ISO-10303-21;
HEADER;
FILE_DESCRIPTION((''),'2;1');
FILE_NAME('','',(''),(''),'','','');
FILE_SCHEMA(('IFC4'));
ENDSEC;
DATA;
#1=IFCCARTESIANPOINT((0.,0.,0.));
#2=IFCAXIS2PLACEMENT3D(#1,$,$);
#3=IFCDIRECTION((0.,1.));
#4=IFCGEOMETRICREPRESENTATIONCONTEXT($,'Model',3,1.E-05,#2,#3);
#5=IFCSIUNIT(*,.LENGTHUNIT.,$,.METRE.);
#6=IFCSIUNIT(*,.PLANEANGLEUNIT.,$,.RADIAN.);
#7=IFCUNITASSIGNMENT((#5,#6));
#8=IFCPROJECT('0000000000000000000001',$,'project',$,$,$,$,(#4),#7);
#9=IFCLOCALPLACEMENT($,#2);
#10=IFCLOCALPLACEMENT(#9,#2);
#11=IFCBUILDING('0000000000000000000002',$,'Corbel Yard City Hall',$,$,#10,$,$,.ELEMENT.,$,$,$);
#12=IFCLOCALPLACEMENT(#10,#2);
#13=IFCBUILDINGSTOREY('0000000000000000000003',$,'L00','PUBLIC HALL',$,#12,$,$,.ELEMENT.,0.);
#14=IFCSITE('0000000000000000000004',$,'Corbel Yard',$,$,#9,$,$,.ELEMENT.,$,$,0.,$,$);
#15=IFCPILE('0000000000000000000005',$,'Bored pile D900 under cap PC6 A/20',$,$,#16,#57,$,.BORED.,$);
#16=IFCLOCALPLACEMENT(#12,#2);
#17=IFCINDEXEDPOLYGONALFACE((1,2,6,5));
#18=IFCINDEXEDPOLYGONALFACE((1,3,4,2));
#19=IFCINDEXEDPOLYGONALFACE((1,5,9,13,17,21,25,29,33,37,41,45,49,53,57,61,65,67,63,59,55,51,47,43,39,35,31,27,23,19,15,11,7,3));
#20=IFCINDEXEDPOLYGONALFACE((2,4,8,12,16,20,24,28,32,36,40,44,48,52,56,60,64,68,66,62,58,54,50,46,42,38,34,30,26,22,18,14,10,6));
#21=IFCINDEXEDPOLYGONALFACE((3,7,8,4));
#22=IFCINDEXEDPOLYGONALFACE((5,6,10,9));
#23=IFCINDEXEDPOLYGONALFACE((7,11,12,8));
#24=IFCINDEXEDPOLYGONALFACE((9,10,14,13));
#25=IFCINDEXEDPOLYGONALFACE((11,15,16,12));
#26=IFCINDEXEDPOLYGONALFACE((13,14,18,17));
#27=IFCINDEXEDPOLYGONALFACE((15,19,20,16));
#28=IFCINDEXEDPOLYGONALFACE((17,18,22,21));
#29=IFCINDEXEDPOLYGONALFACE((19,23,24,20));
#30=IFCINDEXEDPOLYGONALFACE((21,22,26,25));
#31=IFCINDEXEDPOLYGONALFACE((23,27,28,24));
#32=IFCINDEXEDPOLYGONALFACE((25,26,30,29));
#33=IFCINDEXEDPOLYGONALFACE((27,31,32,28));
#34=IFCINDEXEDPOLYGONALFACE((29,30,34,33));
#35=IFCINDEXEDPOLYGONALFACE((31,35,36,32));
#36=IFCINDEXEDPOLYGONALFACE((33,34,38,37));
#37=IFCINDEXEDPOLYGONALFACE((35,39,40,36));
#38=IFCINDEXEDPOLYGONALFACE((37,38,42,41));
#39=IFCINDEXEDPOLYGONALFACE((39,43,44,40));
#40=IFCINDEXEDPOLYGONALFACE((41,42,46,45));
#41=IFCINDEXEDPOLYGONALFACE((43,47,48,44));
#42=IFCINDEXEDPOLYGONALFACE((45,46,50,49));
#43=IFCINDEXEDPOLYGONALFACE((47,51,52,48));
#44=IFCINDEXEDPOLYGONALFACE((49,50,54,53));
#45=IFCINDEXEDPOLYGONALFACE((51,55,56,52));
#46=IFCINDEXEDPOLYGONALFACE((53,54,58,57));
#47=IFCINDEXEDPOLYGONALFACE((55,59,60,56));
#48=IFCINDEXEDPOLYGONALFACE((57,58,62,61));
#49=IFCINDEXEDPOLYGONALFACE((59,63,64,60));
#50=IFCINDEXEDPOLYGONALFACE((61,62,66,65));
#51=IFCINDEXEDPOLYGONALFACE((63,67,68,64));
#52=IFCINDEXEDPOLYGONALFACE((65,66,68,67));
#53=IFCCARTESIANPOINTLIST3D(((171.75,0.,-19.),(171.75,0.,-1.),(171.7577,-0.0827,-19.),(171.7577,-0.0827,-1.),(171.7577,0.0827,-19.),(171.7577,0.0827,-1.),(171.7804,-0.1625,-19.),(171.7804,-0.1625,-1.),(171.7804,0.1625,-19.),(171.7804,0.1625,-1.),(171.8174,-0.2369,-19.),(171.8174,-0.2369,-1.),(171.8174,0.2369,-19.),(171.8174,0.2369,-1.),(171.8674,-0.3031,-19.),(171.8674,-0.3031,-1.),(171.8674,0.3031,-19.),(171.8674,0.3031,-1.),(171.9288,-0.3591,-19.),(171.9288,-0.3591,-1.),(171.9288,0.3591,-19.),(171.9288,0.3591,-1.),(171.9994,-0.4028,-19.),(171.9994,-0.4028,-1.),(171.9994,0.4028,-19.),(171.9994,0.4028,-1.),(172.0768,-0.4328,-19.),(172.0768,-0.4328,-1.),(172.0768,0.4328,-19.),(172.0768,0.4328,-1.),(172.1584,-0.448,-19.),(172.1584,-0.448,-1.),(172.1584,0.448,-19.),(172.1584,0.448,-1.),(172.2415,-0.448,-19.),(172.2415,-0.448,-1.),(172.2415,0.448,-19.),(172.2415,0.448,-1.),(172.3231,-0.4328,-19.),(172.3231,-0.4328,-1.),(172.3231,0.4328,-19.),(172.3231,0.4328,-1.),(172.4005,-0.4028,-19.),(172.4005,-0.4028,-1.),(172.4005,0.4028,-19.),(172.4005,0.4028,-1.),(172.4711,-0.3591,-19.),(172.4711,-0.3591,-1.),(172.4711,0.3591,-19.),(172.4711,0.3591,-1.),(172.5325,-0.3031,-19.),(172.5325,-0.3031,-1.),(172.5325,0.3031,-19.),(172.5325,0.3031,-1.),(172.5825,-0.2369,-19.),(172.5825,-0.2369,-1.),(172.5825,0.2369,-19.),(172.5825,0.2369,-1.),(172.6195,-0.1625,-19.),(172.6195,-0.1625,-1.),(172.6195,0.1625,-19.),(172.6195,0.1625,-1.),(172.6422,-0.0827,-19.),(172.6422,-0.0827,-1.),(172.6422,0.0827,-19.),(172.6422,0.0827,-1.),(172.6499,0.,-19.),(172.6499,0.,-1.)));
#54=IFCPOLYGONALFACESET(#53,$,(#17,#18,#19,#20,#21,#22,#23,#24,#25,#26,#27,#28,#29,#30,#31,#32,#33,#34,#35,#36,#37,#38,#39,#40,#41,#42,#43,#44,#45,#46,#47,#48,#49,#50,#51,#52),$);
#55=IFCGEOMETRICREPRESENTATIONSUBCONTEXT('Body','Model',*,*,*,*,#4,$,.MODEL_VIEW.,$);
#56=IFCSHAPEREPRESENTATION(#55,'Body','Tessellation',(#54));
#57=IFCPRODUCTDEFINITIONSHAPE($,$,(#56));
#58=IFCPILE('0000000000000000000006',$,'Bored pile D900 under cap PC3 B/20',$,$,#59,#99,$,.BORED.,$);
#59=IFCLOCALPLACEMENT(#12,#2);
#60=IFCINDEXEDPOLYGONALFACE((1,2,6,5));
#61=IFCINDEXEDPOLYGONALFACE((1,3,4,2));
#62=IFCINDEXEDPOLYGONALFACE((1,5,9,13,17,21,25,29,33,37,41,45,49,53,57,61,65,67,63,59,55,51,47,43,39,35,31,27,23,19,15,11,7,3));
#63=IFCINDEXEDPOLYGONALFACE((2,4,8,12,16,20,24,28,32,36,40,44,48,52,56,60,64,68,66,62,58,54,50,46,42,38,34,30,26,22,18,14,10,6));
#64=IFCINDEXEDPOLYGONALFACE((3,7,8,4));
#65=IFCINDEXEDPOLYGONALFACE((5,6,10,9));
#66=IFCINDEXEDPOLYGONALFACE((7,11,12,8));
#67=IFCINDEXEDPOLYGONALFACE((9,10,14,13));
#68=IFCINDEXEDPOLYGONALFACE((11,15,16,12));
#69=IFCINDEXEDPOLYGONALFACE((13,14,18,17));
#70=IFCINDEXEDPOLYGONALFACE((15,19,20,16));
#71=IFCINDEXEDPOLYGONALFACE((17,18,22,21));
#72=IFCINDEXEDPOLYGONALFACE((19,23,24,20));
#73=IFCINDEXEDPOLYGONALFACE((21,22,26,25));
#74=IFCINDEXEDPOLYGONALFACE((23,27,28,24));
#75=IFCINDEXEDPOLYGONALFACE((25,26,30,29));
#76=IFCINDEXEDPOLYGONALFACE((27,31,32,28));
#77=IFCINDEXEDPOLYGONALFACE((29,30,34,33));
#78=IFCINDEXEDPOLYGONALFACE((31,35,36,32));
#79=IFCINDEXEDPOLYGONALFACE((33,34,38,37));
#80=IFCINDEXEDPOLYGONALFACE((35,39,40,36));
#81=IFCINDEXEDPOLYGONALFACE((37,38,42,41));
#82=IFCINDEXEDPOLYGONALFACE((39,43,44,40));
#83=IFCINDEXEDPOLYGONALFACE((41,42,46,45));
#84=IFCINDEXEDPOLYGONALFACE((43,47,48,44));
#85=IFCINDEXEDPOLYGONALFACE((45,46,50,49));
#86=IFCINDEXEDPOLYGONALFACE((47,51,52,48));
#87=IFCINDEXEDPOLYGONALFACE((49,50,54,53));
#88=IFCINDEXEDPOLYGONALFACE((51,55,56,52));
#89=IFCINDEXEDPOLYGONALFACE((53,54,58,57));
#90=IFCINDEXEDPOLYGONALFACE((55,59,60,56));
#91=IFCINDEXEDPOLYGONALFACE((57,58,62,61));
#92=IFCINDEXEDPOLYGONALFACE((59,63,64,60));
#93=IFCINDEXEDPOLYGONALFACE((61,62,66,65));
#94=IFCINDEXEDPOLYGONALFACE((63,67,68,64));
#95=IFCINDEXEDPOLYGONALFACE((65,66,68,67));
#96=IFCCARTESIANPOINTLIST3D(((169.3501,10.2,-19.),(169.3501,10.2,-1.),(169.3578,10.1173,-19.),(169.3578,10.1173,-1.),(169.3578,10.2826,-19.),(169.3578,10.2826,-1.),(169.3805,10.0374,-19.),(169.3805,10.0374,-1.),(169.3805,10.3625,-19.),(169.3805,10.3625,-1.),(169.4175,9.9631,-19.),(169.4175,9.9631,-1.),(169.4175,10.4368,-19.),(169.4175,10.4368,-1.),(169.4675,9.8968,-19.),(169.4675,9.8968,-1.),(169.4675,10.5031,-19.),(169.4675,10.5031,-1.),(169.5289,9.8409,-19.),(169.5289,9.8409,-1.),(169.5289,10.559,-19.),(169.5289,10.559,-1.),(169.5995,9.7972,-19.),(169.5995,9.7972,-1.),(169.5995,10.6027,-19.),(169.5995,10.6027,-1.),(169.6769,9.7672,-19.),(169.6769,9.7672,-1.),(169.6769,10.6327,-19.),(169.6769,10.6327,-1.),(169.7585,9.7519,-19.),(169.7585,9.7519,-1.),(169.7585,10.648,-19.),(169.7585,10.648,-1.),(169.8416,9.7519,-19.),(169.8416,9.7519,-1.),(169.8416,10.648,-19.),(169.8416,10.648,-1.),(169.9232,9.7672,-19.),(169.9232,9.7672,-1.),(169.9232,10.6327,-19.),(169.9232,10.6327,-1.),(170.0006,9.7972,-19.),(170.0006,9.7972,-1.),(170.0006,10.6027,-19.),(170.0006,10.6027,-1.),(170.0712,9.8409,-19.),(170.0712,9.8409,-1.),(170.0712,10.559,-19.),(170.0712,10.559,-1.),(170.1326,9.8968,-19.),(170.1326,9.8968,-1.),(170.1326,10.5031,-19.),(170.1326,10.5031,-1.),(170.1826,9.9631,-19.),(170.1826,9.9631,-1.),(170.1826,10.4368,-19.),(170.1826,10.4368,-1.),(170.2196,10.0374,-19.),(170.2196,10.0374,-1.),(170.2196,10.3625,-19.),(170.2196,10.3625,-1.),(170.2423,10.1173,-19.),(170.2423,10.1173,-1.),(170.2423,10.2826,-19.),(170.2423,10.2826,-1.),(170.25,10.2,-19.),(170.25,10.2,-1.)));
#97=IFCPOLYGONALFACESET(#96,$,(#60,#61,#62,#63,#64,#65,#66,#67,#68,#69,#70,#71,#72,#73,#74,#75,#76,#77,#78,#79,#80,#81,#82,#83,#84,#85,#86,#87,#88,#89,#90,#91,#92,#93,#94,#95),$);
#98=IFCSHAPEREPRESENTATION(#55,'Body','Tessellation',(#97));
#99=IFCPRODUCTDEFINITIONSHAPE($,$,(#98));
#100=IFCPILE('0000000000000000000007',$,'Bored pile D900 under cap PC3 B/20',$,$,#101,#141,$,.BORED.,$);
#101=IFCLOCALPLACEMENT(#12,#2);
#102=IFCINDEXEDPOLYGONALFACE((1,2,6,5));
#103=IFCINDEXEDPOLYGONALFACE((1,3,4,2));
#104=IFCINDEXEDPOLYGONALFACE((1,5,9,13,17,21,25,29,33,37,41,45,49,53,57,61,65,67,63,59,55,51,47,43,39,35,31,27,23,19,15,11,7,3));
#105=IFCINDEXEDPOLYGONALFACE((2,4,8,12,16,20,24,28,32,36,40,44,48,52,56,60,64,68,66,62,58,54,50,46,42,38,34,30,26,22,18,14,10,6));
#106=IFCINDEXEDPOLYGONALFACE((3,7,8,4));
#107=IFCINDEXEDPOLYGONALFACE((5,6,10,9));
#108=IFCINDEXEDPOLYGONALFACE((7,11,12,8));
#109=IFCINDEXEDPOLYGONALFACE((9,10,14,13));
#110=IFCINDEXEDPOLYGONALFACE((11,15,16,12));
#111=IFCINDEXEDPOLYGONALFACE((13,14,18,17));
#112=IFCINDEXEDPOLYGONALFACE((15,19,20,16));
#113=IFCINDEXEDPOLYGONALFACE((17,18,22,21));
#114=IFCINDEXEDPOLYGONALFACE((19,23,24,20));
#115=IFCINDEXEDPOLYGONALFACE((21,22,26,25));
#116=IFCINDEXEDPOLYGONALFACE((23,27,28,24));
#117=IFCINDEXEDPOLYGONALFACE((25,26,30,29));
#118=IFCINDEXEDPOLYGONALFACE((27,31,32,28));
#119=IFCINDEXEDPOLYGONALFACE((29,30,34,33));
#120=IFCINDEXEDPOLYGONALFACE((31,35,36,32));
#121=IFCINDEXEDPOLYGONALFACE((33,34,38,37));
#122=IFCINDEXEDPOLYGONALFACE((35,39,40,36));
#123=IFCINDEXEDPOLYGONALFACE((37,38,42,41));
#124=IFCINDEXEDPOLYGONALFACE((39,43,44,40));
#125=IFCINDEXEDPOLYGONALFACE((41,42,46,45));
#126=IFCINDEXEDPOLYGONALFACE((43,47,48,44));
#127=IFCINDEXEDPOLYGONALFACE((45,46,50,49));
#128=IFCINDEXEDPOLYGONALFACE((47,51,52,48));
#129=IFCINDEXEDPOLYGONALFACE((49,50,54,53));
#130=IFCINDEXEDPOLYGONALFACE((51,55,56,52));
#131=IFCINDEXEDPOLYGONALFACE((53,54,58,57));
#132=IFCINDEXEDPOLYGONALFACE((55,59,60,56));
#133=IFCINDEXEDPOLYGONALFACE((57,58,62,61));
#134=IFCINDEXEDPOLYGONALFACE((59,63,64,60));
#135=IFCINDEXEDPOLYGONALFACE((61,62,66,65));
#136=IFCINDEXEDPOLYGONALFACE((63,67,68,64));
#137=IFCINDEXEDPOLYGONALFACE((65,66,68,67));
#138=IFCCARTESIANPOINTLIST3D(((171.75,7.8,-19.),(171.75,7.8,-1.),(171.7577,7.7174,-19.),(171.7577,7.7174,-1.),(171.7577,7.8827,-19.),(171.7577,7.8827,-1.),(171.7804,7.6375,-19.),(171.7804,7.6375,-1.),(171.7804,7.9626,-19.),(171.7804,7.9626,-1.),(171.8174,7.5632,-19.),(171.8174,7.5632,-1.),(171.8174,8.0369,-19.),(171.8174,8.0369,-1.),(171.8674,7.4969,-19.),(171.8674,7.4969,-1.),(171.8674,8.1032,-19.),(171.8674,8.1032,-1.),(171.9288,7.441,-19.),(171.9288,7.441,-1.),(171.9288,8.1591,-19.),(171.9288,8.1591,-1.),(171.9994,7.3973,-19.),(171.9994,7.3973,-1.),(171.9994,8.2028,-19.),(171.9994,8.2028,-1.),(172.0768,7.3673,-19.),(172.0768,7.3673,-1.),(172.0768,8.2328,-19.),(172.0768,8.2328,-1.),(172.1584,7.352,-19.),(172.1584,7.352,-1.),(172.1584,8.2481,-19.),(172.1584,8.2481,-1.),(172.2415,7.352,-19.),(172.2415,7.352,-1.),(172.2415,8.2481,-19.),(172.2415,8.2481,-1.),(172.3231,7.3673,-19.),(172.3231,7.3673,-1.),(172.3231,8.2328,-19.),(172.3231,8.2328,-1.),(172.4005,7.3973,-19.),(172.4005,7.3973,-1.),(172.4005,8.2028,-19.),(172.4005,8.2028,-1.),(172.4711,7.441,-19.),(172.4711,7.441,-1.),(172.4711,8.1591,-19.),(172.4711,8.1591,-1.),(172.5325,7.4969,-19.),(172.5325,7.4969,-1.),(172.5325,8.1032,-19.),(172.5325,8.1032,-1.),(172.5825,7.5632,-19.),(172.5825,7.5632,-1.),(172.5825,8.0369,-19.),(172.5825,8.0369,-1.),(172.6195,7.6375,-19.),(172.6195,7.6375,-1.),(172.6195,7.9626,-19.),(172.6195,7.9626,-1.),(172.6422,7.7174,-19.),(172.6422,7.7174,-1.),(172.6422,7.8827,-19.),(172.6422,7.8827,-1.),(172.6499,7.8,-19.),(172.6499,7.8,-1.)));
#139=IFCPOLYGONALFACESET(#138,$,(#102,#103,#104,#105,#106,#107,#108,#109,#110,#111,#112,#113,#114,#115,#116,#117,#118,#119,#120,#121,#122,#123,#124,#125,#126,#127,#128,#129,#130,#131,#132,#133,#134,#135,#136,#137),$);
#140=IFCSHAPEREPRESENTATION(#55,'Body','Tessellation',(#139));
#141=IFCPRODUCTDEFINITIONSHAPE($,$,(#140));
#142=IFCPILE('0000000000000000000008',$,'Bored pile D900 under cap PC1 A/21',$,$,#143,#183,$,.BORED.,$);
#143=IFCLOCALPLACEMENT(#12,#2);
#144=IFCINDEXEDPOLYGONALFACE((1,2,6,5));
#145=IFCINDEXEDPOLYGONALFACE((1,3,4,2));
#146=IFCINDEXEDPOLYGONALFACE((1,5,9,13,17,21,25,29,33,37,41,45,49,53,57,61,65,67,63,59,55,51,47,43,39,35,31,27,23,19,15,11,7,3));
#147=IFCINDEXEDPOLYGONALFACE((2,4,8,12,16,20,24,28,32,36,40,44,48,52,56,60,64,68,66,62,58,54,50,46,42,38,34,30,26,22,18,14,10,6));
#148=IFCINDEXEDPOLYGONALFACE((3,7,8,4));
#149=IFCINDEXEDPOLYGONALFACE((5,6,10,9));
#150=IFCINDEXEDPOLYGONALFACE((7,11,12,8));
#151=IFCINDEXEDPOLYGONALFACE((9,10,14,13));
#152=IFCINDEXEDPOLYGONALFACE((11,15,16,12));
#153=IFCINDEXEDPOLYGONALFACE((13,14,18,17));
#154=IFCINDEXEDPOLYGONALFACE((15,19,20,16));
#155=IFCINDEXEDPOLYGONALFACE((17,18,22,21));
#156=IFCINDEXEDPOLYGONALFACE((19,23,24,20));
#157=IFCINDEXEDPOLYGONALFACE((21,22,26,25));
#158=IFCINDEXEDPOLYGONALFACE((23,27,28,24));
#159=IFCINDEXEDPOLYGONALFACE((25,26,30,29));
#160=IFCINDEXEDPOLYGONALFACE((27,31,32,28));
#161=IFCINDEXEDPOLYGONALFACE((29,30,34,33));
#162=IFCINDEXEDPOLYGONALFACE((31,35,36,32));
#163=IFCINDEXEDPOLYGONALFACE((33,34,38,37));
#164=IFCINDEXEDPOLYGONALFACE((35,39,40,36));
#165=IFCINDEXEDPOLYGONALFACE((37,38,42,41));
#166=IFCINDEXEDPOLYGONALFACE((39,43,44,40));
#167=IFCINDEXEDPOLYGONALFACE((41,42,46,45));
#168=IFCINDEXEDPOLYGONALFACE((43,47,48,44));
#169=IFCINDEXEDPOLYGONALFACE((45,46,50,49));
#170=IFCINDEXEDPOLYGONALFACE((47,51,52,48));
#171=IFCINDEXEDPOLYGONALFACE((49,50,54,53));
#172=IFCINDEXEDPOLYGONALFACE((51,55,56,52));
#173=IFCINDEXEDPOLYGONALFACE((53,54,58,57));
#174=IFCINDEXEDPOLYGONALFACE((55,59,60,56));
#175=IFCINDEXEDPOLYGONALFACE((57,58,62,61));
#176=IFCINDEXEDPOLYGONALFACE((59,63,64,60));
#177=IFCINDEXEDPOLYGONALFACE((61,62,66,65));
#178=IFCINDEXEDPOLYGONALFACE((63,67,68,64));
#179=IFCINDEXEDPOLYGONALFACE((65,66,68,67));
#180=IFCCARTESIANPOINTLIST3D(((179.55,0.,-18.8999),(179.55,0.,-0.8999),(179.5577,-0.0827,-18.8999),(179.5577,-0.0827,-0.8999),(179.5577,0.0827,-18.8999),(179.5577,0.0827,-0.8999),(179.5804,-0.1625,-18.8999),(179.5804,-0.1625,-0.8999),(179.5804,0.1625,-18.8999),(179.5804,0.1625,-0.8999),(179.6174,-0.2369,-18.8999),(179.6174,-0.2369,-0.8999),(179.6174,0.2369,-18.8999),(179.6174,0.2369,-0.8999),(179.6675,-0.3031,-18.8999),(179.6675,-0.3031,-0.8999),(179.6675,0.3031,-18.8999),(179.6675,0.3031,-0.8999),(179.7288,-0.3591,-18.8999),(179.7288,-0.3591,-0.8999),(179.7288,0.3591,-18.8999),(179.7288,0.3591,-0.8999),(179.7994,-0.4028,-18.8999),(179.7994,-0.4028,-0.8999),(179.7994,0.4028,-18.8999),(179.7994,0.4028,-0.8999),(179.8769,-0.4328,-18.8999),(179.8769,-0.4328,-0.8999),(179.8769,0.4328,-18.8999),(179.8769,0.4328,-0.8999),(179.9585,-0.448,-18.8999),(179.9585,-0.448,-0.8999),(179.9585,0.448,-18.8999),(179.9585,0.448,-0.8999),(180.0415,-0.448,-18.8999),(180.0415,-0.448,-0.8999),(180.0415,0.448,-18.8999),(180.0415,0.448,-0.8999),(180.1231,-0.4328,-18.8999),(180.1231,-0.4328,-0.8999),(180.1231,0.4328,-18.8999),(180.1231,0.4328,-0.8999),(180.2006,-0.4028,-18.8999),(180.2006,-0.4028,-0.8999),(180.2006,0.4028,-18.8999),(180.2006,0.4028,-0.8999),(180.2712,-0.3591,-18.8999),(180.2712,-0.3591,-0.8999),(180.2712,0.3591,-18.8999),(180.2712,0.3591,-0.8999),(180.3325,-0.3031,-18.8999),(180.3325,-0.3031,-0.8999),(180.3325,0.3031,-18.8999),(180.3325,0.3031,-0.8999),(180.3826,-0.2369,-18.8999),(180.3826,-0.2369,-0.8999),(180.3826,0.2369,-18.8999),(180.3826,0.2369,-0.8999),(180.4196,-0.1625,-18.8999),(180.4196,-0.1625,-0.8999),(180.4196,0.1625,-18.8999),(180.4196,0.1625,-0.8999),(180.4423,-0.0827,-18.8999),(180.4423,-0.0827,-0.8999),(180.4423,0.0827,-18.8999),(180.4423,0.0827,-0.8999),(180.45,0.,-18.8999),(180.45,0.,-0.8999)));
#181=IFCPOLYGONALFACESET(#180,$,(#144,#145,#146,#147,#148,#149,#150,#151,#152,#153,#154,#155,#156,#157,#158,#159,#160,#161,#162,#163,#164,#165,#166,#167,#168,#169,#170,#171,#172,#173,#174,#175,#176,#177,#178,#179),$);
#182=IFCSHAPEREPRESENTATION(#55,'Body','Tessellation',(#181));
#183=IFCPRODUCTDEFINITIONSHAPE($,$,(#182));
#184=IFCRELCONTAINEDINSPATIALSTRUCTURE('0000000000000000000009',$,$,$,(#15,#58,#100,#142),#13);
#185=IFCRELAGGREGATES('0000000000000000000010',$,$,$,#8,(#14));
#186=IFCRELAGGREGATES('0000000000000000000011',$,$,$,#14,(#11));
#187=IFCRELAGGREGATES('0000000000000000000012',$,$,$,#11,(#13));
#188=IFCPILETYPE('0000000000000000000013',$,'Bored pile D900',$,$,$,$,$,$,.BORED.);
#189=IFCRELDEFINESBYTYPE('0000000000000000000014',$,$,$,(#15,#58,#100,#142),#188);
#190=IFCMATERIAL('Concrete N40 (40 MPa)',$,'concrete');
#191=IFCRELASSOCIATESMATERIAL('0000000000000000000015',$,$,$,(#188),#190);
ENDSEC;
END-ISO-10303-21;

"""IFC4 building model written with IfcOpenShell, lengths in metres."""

from ifc_helpers import new_model, si_unit, direction, frame, origin, origin_2d, place, context, subcontext, project, spatial, circle, extrude, material, material_profile, profile_set, type_object, element, save


model = new_model("IFC4")

# Units and contexts
model_context = context("Model", 3, precision=1e-05, world=origin(), true_north=direction((0.0, 1.0)))
body_context = subcontext(model_context, "Body", "Model", "MODEL_VIEW")
ifc_project = project(units=[si_unit("LENGTHUNIT", "METRE"), si_unit("PLANEANGLEUNIT", "RADIAN")], contexts=[model_context])

# Site, building, storey
site_placement = place(None, origin())
site = spatial("IfcSite", under=ifc_project, at=site_placement, Name="Corbel Yard", CompositionType="ELEMENT", RefElevation=0.0)
building_placement = place(site_placement, origin())
building = spatial("IfcBuilding", under=site, at=building_placement, Name="Corbel Yard City Hall", CompositionType="ELEMENT")
storey_placement = place(building_placement, origin())
storey = spatial("IfcBuildingStorey", under=building, at=storey_placement, Name="L00", Description="PUBLIC HALL", CompositionType="ELEMENT", Elevation=0.0)

# Piles
ifc_material_1 = material(Name="Concrete N40 (40 MPa)", Category="concrete")
ifc_material_profile_1 = material_profile(ifc_material_1, circle(Radius=0.45, at=origin_2d()), Name="D900")
ifc_profile_set_1 = profile_set([ifc_material_profile_1], Name="Concrete N40 (40 MPa)")
pile_type = type_object("IfcPileType", Name="Bored pile D900", PredefinedType="BORED", material=ifc_profile_set_1)
for number, where, z_axis, x_axis, name in (
    (1, (172.2, 0.0, -1.0), (0.0, 0.0, -1.0), (1.0, 0.0, 0.0), "Bored pile D900 under cap PC6 A/20"),
    (2, (169.8, 10.2, -1.0), (0.0, 0.0, -1.0), (1.0, 0.0, 0.0), "Bored pile D900 under cap PC3 B/20"),
    (3, (172.2, 7.8, -1.0), (0.0, 0.0, -1.0), (1.0, 0.0, 0.0), "Bored pile D900 under cap PC3 B/20"),
    (4, (180.0, 0.0, -0.8999), (0.0, 0.0, -1.0), (1.0, 0.0, 0.0), "Bored pile D900 under cap PC1 A/21"),
):
    element("IfcPile", number, at=place(storey_placement, frame(where, z_axis=z_axis, x_axis=x_axis)), inside=storey, type_object=pile_type, Name=name, PredefinedType="BORED", context=body_context, shape_type="SweptSolid", body=[
        extrude(circle(Radius=0.45, at=origin_2d()), origin(), (0.0, 0.0, 1.0), 18.0),
    ])

save(model, "model.ifc")
